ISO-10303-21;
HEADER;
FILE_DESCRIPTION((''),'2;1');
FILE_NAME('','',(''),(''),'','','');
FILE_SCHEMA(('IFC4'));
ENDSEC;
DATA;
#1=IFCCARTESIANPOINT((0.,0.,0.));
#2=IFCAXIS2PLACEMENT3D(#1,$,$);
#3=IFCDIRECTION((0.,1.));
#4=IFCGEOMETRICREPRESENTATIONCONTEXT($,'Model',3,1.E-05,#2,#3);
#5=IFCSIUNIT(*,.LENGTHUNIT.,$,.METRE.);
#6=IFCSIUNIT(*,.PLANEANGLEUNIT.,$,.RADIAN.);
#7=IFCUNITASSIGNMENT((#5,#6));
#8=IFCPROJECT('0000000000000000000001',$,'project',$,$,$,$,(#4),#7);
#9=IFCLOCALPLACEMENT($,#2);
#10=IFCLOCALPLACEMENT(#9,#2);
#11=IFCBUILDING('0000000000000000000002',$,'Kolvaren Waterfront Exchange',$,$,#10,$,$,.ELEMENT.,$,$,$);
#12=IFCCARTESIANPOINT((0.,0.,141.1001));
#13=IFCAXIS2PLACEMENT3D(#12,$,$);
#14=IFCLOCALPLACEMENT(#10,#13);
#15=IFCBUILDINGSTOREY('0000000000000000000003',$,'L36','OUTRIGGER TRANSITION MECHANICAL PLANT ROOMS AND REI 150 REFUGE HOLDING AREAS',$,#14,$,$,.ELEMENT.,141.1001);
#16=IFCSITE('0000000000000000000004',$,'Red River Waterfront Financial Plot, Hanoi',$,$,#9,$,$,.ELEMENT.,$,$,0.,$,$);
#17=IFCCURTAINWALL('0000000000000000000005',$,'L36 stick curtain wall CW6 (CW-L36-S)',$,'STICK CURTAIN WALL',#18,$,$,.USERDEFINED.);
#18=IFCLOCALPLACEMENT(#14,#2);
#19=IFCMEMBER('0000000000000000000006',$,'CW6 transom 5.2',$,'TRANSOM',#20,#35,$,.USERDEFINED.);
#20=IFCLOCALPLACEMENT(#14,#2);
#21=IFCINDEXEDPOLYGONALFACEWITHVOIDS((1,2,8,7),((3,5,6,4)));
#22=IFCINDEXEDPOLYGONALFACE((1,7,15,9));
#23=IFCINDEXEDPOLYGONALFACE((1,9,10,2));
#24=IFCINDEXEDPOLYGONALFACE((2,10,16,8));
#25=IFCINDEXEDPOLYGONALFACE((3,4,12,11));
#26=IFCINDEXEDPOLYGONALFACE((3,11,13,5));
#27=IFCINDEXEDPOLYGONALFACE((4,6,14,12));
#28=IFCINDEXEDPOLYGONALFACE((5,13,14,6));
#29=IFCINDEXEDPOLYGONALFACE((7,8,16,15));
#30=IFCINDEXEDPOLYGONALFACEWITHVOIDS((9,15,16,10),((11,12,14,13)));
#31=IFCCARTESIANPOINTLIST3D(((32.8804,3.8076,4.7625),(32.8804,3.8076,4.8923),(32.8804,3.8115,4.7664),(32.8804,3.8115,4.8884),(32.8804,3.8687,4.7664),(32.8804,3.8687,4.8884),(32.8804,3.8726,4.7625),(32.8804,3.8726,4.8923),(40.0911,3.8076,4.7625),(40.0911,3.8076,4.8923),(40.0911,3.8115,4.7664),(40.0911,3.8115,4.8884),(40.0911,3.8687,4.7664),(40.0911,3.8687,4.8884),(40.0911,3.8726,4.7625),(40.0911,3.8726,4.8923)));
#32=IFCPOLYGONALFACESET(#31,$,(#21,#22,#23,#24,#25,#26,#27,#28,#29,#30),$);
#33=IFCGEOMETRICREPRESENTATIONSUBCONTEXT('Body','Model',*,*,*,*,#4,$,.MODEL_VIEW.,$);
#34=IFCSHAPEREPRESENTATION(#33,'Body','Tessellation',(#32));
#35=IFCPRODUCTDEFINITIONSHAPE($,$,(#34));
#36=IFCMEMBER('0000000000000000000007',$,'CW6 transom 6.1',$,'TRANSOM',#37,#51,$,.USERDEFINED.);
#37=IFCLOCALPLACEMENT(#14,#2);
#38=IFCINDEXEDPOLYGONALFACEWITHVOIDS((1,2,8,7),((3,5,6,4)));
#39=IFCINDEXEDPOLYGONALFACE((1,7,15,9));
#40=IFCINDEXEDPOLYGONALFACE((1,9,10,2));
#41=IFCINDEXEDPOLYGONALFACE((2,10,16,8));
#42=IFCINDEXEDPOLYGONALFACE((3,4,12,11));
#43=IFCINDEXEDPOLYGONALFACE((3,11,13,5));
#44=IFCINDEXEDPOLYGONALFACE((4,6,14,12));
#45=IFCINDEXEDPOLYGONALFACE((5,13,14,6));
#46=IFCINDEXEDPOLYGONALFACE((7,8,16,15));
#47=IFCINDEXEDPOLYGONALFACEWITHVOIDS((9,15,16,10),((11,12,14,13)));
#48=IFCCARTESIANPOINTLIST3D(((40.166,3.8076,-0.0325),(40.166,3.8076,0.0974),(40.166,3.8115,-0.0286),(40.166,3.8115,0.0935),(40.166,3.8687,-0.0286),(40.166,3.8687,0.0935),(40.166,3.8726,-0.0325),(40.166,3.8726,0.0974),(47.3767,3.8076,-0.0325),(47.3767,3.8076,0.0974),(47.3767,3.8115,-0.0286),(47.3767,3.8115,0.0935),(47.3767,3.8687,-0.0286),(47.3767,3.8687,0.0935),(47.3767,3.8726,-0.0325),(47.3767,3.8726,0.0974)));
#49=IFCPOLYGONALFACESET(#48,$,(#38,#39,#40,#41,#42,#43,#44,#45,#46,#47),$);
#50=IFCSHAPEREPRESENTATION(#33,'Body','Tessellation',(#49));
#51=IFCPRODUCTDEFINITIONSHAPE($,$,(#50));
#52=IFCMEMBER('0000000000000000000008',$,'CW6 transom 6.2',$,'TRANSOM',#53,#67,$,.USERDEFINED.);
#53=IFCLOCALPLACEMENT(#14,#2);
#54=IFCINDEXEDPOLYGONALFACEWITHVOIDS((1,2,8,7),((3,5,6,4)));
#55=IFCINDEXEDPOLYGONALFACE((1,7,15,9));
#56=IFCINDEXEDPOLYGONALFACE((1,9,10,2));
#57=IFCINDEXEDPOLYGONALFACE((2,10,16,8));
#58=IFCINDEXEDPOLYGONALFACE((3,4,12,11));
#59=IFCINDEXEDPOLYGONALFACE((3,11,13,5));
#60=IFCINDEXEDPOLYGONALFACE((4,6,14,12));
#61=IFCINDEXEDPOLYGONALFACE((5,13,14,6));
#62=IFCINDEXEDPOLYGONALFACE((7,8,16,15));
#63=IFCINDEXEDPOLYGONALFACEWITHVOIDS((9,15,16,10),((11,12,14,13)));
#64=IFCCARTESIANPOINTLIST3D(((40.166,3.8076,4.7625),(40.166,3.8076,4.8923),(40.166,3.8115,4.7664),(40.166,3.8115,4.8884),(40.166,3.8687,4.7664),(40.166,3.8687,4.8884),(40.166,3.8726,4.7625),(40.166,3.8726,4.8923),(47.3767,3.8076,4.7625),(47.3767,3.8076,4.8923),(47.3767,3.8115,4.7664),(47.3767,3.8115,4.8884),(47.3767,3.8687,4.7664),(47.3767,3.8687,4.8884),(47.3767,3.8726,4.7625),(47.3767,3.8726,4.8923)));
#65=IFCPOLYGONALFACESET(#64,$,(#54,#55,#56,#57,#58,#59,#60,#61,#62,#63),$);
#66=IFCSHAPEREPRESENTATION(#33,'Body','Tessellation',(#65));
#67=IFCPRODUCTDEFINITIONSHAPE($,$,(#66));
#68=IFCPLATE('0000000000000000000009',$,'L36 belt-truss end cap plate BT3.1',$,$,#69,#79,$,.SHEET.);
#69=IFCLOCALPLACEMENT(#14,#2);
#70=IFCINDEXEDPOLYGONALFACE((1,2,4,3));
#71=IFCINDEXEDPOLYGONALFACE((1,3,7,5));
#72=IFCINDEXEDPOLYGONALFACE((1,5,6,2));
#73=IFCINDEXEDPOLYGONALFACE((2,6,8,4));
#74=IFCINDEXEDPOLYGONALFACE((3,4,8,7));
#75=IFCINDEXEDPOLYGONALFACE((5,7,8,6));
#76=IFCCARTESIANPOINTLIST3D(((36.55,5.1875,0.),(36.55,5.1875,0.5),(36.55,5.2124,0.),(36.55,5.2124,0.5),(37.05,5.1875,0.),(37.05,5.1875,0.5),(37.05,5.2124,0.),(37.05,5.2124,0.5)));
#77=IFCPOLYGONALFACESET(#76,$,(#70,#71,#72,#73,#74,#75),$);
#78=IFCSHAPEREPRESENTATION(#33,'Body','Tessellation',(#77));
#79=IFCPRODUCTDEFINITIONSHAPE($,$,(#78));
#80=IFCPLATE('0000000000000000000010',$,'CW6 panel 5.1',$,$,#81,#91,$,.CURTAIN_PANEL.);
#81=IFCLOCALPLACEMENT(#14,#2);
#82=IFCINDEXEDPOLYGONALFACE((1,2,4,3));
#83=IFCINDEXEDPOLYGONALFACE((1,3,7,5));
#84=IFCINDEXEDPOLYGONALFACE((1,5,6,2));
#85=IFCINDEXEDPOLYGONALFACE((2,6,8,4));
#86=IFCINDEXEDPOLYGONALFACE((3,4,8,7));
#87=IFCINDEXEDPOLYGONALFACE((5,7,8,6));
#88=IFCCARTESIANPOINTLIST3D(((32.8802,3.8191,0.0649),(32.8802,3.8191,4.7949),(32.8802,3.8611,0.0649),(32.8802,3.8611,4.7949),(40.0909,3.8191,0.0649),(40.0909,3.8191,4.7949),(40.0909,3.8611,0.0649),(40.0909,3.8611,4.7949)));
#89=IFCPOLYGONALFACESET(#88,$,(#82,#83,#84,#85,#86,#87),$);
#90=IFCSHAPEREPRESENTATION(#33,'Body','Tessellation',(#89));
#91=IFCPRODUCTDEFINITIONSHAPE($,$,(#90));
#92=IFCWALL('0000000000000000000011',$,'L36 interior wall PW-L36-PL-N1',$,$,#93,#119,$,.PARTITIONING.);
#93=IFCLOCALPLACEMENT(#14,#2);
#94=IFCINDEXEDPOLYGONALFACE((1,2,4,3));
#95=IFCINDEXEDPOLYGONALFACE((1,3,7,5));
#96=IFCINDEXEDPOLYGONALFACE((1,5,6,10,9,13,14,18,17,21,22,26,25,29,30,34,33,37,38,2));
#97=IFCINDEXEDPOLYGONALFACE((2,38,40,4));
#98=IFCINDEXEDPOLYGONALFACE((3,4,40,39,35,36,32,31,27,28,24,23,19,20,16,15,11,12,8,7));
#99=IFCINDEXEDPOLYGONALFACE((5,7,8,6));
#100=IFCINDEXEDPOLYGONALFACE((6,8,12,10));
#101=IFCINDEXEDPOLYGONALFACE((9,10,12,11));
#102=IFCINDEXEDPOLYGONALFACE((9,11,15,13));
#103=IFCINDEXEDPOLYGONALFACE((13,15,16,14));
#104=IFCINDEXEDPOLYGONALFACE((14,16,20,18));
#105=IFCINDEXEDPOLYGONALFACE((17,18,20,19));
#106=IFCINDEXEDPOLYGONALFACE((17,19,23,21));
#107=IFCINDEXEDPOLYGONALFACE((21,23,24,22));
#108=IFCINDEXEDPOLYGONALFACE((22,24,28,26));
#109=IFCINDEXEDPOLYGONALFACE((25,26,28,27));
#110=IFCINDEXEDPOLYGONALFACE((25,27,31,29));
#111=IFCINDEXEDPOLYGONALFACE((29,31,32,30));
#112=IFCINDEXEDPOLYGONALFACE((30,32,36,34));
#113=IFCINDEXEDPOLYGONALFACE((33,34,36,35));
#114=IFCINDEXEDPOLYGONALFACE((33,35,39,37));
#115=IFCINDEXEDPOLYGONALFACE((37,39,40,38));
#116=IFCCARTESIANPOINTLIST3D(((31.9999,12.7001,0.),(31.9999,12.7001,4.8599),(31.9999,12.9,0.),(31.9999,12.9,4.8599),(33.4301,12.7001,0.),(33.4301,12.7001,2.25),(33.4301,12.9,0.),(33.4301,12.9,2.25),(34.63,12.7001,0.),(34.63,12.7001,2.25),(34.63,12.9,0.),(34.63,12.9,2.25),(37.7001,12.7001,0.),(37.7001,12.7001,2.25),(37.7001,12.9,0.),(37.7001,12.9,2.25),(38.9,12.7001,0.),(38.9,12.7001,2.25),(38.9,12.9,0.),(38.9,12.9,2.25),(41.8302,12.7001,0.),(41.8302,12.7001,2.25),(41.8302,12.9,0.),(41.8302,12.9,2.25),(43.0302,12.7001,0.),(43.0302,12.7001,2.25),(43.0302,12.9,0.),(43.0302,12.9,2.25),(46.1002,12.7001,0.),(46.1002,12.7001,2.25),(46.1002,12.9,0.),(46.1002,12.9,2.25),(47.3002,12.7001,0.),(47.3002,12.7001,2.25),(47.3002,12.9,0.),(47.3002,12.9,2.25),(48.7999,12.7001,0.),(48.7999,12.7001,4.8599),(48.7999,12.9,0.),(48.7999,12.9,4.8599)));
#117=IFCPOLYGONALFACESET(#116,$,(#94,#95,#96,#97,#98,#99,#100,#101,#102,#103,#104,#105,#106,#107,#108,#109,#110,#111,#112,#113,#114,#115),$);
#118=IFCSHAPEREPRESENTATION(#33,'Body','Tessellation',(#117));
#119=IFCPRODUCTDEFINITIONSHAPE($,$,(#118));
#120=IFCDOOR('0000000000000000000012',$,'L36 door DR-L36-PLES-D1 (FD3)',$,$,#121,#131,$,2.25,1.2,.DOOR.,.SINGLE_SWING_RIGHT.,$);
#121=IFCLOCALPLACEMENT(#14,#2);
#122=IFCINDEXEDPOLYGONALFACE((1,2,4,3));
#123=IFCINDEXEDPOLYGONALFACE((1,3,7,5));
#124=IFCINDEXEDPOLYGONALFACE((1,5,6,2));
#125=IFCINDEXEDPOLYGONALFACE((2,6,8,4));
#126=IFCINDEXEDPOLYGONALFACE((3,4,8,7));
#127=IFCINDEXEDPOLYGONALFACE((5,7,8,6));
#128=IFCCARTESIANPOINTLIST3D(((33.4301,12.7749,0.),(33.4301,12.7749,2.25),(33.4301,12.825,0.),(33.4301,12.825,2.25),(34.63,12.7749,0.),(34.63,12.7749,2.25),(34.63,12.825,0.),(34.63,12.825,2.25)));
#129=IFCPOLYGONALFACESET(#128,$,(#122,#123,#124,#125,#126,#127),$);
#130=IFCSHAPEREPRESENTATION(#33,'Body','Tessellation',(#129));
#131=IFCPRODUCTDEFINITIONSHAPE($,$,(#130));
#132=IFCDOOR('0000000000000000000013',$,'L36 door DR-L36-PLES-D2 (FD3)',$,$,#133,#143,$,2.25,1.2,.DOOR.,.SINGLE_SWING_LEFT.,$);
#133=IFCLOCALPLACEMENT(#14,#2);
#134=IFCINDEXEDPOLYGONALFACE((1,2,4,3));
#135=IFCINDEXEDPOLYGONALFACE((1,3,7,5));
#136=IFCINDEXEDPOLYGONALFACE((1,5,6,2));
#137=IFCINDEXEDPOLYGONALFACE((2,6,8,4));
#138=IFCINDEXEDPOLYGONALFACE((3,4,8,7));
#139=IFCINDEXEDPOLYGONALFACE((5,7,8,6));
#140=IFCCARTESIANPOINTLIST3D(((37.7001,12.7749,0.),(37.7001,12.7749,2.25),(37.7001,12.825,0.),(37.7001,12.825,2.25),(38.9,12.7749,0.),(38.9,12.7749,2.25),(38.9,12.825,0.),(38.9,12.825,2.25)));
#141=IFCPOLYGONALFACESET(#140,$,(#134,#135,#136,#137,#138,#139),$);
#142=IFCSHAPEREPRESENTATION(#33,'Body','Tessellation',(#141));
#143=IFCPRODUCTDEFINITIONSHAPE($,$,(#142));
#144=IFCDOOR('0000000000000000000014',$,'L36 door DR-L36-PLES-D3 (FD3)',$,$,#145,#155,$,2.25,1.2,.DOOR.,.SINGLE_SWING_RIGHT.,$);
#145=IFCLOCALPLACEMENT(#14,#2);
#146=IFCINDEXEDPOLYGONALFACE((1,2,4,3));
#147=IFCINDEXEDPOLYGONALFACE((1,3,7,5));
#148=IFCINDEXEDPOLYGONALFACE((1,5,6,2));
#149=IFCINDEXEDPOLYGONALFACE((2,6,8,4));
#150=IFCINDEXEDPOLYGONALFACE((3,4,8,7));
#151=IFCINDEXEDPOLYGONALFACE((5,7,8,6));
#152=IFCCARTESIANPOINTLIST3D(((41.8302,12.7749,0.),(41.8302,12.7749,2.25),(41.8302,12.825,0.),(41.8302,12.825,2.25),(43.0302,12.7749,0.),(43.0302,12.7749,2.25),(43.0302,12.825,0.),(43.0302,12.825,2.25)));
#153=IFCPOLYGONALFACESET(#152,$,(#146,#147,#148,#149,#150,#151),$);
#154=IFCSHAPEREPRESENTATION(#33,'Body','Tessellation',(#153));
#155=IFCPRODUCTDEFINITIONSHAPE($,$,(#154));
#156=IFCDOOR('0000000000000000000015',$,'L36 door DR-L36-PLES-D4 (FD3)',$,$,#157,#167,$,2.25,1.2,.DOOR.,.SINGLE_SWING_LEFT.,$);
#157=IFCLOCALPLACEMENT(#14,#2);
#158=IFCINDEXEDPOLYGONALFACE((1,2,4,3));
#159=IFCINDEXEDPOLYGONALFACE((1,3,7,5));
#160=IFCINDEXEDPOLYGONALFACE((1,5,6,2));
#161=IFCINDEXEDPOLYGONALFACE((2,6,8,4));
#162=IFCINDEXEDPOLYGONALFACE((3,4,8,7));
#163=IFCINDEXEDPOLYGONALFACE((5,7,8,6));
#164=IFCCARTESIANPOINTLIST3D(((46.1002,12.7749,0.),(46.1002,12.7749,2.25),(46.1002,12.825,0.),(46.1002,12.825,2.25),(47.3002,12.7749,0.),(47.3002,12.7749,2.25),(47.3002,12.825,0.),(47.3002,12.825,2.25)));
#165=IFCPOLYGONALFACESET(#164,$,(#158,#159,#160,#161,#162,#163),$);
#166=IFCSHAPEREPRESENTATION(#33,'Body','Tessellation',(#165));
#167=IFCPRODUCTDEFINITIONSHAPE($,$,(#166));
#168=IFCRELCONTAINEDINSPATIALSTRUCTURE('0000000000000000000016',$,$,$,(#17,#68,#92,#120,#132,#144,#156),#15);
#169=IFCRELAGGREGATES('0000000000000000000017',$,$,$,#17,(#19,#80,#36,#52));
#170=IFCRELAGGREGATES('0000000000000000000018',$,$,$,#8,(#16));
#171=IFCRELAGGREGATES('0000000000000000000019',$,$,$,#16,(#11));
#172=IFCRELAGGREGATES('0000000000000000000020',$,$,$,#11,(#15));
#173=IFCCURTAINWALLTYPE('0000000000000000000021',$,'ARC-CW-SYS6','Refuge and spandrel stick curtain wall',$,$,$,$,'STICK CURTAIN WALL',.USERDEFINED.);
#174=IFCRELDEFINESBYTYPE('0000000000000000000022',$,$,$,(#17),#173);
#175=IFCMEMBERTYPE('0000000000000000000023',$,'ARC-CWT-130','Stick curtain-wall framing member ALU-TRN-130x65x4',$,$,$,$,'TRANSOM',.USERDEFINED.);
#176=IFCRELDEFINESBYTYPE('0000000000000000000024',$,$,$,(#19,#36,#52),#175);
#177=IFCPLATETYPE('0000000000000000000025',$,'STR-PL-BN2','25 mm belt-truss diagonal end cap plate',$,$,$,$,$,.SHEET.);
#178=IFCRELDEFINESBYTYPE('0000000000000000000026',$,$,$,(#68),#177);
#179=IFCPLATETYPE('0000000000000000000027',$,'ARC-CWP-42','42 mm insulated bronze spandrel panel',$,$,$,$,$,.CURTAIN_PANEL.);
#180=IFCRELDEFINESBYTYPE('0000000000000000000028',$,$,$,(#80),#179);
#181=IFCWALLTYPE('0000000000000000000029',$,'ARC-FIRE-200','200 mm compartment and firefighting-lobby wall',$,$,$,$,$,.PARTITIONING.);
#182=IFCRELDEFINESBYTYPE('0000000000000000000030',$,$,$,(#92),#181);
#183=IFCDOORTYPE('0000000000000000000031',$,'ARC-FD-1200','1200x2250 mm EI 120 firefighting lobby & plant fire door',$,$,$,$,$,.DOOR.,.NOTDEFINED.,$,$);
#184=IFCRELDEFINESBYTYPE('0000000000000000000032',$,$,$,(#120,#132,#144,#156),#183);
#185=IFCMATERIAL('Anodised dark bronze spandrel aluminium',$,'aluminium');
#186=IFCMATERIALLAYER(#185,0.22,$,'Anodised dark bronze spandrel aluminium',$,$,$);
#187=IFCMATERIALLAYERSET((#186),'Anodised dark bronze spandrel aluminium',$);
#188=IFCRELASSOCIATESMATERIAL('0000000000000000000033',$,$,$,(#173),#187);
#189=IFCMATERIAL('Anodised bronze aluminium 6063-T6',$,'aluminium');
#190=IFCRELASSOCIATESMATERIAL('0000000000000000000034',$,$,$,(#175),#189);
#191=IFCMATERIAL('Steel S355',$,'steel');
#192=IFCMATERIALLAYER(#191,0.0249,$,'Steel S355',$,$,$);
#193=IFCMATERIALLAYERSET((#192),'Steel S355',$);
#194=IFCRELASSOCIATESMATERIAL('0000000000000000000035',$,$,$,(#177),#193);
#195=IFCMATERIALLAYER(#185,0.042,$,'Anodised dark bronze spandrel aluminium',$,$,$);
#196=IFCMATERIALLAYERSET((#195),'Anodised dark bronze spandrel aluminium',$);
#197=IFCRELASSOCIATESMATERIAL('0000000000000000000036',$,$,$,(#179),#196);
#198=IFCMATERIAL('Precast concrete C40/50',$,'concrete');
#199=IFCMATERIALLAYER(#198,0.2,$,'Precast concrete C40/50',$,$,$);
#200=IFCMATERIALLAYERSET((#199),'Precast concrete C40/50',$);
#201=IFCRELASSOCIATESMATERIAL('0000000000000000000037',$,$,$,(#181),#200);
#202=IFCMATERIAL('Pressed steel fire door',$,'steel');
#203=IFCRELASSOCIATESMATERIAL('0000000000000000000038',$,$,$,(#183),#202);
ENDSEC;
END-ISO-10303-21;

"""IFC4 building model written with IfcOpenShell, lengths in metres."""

from ifc_helpers import new_model, si_unit, direction, frame, frame_2d, origin, origin_with_axes, origin_2d, place, context, subcontext, project, spatial, rectangle, hollow_rectangle, extrude, source, transform, mapped, material, layer, layer_set, material_profile, profile_set, type_object, element, fill, aggregate, save


model = new_model("IFC4")

# Units and contexts
model_context = context("Model", 3, precision=1e-05, world=origin(), true_north=direction((0.0, 1.0)))
body_context = subcontext(model_context, "Body", "Model", "MODEL_VIEW")
ifc_project = project(units=[si_unit("LENGTHUNIT", "METRE"), si_unit("PLANEANGLEUNIT", "RADIAN")], contexts=[model_context])

# Site, building, storey
site_placement = place(None, origin())
site = spatial("IfcSite", under=ifc_project, at=site_placement, Name="Red River Waterfront Financial Plot, Hanoi", CompositionType="ELEMENT", RefElevation=0.0)
building_placement = place(site_placement, origin())
building = spatial("IfcBuilding", under=site, at=building_placement, Name="Kolvaren Waterfront Exchange", CompositionType="ELEMENT")
storey_placement = place(building_placement, frame((0.0, 0.0, 141.1001)))
storey = spatial("IfcBuildingStorey", under=building, at=storey_placement, Name="L36", Description="OUTRIGGER TRANSITION MECHANICAL PLANT ROOMS AND REI 150 REFUGE HOLDING AREAS", CompositionType="ELEMENT", Elevation=141.1001)

# Shared definitions
ifc_material_1 = material(Name="Steel S355", Category="steel")

# Curtain wall, members
ifc_material_2 = material(Name="Anodised dark bronze spandrel aluminium", Category="aluminium")
ifc_layer_1 = layer(ifc_material_2, 0.22, Name="Anodised dark bronze spandrel aluminium")
ifc_layer_set_1 = layer_set([ifc_layer_1], Name="Anodised dark bronze spandrel aluminium")
curtain_wall_type = type_object("IfcCurtainWallType", Name="ARC-CW-SYS6", Description="Refuge and spandrel stick curtain wall", ElementType="STICK CURTAIN WALL", PredefinedType="USERDEFINED", material=ifc_layer_set_1)
curtain_wall_placement = place(storey_placement, origin())
curtain_wall = element("IfcCurtainWall", 1, at=curtain_wall_placement, inside=storey, type_object=curtain_wall_type, Name="L36 stick curtain wall CW6 (CW-L36-S)", ObjectType="STICK CURTAIN WALL", PredefinedType="USERDEFINED")
ifc_material_3 = material(Name="Anodised bronze aluminium 6063-T6", Category="aluminium")
ifc_material_profile_1 = material_profile(ifc_material_3, hollow_rectangle(XDim=0.0649, YDim=0.1299, WallThickness=0.0039, at=origin_2d()), Name="ALU-TRN-130x65x4")
ifc_profile_set_1 = profile_set([ifc_material_profile_1], Name="Anodised bronze aluminium 6063-T6")
member_type_1 = type_object("IfcMemberType", Name="ARC-CWT-130", Description="Stick curtain-wall framing member ALU-TRN-130x65x4", ElementType="TRANSOM", PredefinedType="USERDEFINED", material=ifc_profile_set_1)
shared_shape_1 = source(origin_with_axes(), body_context, "Body", "SweptSolid", [
    extrude(hollow_rectangle(XDim=0.0649, YDim=0.1299, WallThickness=0.0039, at=origin_2d()), origin(), (0.0, 0.0, 1.0), 7.2107),
])
member_1_placement = place(storey_placement, frame((32.8804, 3.8401, 4.8274), z_axis=(1.0, 0.0, 0.0), x_axis=(0.0, 1.0, 0.0)))
member_1 = element("IfcMember", 2, at=member_1_placement, type_object=member_type_1, Name="CW6 transom 5.2", ObjectType="TRANSOM", PredefinedType="USERDEFINED", context=body_context, shape_type="MappedRepresentation", body=[
    mapped(shared_shape_1, transform((0.0, 0.0, 0.0), x_axis=(1.0, 0.0, 0.0), y_axis=(0.0, 1.0, 0.0), z_axis=(0.0, 0.0, 1.0), scale=1.0)),
])
member_2_placement = place(storey_placement, frame((40.166, 3.8401, 0.0325), z_axis=(1.0, 0.0, 0.0), x_axis=(0.0, 1.0, 0.0)))
member_2 = element("IfcMember", 3, at=member_2_placement, type_object=member_type_1, Name="CW6 transom 6.1", ObjectType="TRANSOM", PredefinedType="USERDEFINED", context=body_context, shape_type="MappedRepresentation", body=[
    mapped(shared_shape_1, transform((0.0, 0.0, 0.0), x_axis=(1.0, 0.0, 0.0), y_axis=(0.0, 1.0, 0.0), z_axis=(0.0, 0.0, 1.0), scale=1.0)),
])
member_3_placement = place(storey_placement, frame((40.166, 3.8401, 4.8274), z_axis=(1.0, 0.0, 0.0), x_axis=(0.0, 1.0, 0.0)))
member_3 = element("IfcMember", 4, at=member_3_placement, type_object=member_type_1, Name="CW6 transom 6.2", ObjectType="TRANSOM", PredefinedType="USERDEFINED", context=body_context, shape_type="MappedRepresentation", body=[
    mapped(shared_shape_1, transform((0.0, 0.0, 0.0), x_axis=(1.0, 0.0, 0.0), y_axis=(0.0, 1.0, 0.0), z_axis=(0.0, 0.0, 1.0), scale=1.0)),
])

# Plates
ifc_layer_2 = layer(ifc_material_1, 0.0249, Name="Steel S355")
ifc_layer_set_2 = layer_set([ifc_layer_2], Name="Steel S355")
plate_type_1 = type_object("IfcPlateType", Name="STR-PL-BN2", Description="25 mm belt-truss diagonal end cap plate", PredefinedType="SHEET", material=ifc_layer_set_2)
shared_shape_2 = source(origin_with_axes(), body_context, "Body", "SweptSolid", [
    extrude(rectangle(XDim=0.5, YDim=0.0249, at=origin_2d()), origin(), (0.0, 0.0, 1.0), 0.5),
])
plate_1_placement = place(storey_placement, frame((36.8, 5.2, 0.0), z_axis=(0.0, 0.0, 1.0), x_axis=(1.0, 0.0, 0.0)))
element("IfcPlate", 5, at=plate_1_placement, inside=storey, type_object=plate_type_1, Name="L36 belt-truss end cap plate BT3.1", PredefinedType="SHEET", context=body_context, shape_type="MappedRepresentation", body=[
    mapped(shared_shape_2, transform((0.0, 0.0, 0.0), x_axis=(1.0, 0.0, 0.0), y_axis=(0.0, 1.0, 0.0), z_axis=(0.0, 0.0, 1.0), scale=1.0)),
])
ifc_layer_3 = layer(ifc_material_2, 0.042, Name="Anodised dark bronze spandrel aluminium")
ifc_layer_set_3 = layer_set([ifc_layer_3], Name="Anodised dark bronze spandrel aluminium")
plate_type_2 = type_object("IfcPlateType", Name="ARC-CWP-42", Description="42 mm insulated bronze spandrel panel", PredefinedType="CURTAIN_PANEL", material=ifc_layer_set_3)
shared_shape_3 = source(origin_with_axes(), body_context, "Body", "SweptSolid", [
    extrude(rectangle(XDim=7.2107, YDim=0.042, at=origin_2d()), origin(), (0.0, 0.0, 1.0), 4.73),
])
plate_2_placement = place(storey_placement, frame((36.4856, 3.8401, 0.0649), z_axis=(0.0, 0.0, 1.0), x_axis=(1.0, 0.0, 0.0)))
plate_2 = element("IfcPlate", 6, at=plate_2_placement, type_object=plate_type_2, Name="CW6 panel 5.1", PredefinedType="CURTAIN_PANEL", context=body_context, shape_type="MappedRepresentation", body=[
    mapped(shared_shape_3, transform((0.0, 0.0, 0.0), x_axis=(1.0, 0.0, 0.0), y_axis=(0.0, 1.0, 0.0), z_axis=(0.0, 0.0, 1.0), scale=1.0)),
])
aggregate(curtain_wall, [member_1, plate_2, member_2, member_3])

# Wall, openings, doors
ifc_material_4 = material(Name="Precast concrete C40/50", Category="concrete")
ifc_layer_4 = layer(ifc_material_4, 0.2, Name="Precast concrete C40/50")
ifc_layer_set_4 = layer_set([ifc_layer_4], Name="Precast concrete C40/50")
wall_type_1 = type_object("IfcWallType", Name="ARC-FIRE-200", Description="200 mm compartment and firefighting-lobby wall", PredefinedType="PARTITIONING", material=ifc_layer_set_4)
wall_1_placement = place(storey_placement, frame((32.0, 12.8, 0.0), z_axis=(0.0, 0.0, 1.0), x_axis=(1.0, 0.0, 0.0)))
wall_1 = element("IfcWall", 7, at=wall_1_placement, inside=storey, type_object=wall_type_1, Name="L36 interior wall PW-L36-PL-N1", PredefinedType="PARTITIONING", context=body_context, shape_type="SweptSolid", body=[
    extrude(rectangle(XDim=16.8, YDim=0.2, at=frame_2d((8.3999, 0.0))), origin(), (0.0, 0.0, 1.0), 4.8599),
])
opening_1_placement = place(wall_1_placement, frame((1.4299, 0.0, 0.0)))
opening_1 = element("IfcOpeningElement", 8, at=opening_1_placement, cuts=wall_1, PredefinedType="OPENING", context=body_context, shape_type="SweptSolid", body=[
    extrude(rectangle(XDim=1.2, YDim=2.25, at=frame_2d((0.6001, 1.125))), frame((0.0, 0.1099, 0.0), z_axis=(0.0, -1.0, 0.0), x_axis=(1.0, 0.0, 0.0)), (0.0, 0.0, 1.0), 0.22),
])
opening_2_placement = place(wall_1_placement, frame((5.7, 0.0, 0.0)))
opening_2 = element("IfcOpeningElement", 9, at=opening_2_placement, cuts=wall_1, PredefinedType="OPENING", context=body_context, shape_type="SweptSolid", body=[
    extrude(rectangle(XDim=1.2, YDim=2.25, at=frame_2d((0.6001, 1.125))), frame((0.0, 0.1099, 0.0), z_axis=(0.0, -1.0, 0.0), x_axis=(1.0, 0.0, 0.0)), (0.0, 0.0, 1.0), 0.22),
])
opening_3_placement = place(wall_1_placement, frame((9.8301, 0.0, 0.0)))
opening_3 = element("IfcOpeningElement", 10, at=opening_3_placement, cuts=wall_1, PredefinedType="OPENING", context=body_context, shape_type="SweptSolid", body=[
    extrude(rectangle(XDim=1.2, YDim=2.25, at=frame_2d((0.6001, 1.125))), frame((0.0, 0.1099, 0.0), z_axis=(0.0, -1.0, 0.0), x_axis=(1.0, 0.0, 0.0)), (0.0, 0.0, 1.0), 0.22),
])
opening_4_placement = place(wall_1_placement, frame((14.1001, 0.0, 0.0)))
opening_4 = element("IfcOpeningElement", 11, at=opening_4_placement, cuts=wall_1, PredefinedType="OPENING", context=body_context, shape_type="SweptSolid", body=[
    extrude(rectangle(XDim=1.2, YDim=2.25, at=frame_2d((0.6001, 1.125))), frame((0.0, 0.1099, 0.0), z_axis=(0.0, -1.0, 0.0), x_axis=(1.0, 0.0, 0.0)), (0.0, 0.0, 1.0), 0.22),
])
ifc_material_5 = material(Name="Pressed steel fire door", Category="steel")
door_type = type_object("IfcDoorType", Name="ARC-FD-1200", Description="1200x2250 mm EI 120 firefighting lobby & plant fire door", OperationType="NOTDEFINED", PredefinedType="DOOR", material=ifc_material_5)
door_1_placement = place(opening_1_placement, origin())
door_1 = element("IfcDoor", 12, at=door_1_placement, inside=storey, type_object=door_type, Name="L36 door DR-L36-PLES-D1 (FD3)", OperationType="SINGLE_SWING_RIGHT", OverallHeight=2.25, OverallWidth=1.2, PredefinedType="DOOR", context=body_context, shape_type="SweptSolid", body=[
    extrude(rectangle(XDim=1.2, YDim=2.25, at=frame_2d((0.6001, 1.125))), frame((0.0, 0.0249, 0.0), z_axis=(0.0, -1.0, 0.0), x_axis=(1.0, 0.0, 0.0)), (0.0, 0.0, 1.0), 0.05),
])
fill(opening_1, door_1)
door_2_placement = place(opening_2_placement, origin())
door_2 = element("IfcDoor", 13, at=door_2_placement, inside=storey, type_object=door_type, Name="L36 door DR-L36-PLES-D2 (FD3)", OperationType="SINGLE_SWING_LEFT", OverallHeight=2.25, OverallWidth=1.2, PredefinedType="DOOR", context=body_context, shape_type="SweptSolid", body=[
    extrude(rectangle(XDim=1.2, YDim=2.25, at=frame_2d((0.6001, 1.125))), frame((0.0, 0.0249, 0.0), z_axis=(0.0, -1.0, 0.0), x_axis=(1.0, 0.0, 0.0)), (0.0, 0.0, 1.0), 0.05),
])
fill(opening_2, door_2)
door_3_placement = place(opening_3_placement, origin())
door_3 = element("IfcDoor", 14, at=door_3_placement, inside=storey, type_object=door_type, Name="L36 door DR-L36-PLES-D3 (FD3)", OperationType="SINGLE_SWING_RIGHT", OverallHeight=2.25, OverallWidth=1.2, PredefinedType="DOOR", context=body_context, shape_type="SweptSolid", body=[
    extrude(rectangle(XDim=1.2, YDim=2.25, at=frame_2d((0.6001, 1.125))), frame((0.0, 0.0249, 0.0), z_axis=(0.0, -1.0, 0.0), x_axis=(1.0, 0.0, 0.0)), (0.0, 0.0, 1.0), 0.05),
])
fill(opening_3, door_3)
door_4_placement = place(opening_4_placement, origin())
door_4 = element("IfcDoor", 15, at=door_4_placement, inside=storey, type_object=door_type, Name="L36 door DR-L36-PLES-D4 (FD3)", OperationType="SINGLE_SWING_LEFT", OverallHeight=2.25, OverallWidth=1.2, PredefinedType="DOOR", context=body_context, shape_type="SweptSolid", body=[
    extrude(rectangle(XDim=1.2, YDim=2.25, at=frame_2d((0.6001, 1.125))), frame((0.0, 0.0249, 0.0), z_axis=(0.0, -1.0, 0.0), x_axis=(1.0, 0.0, 0.0)), (0.0, 0.0, 1.0), 0.05),
])
fill(opening_4, door_4)

save(model, "model.ifc")
